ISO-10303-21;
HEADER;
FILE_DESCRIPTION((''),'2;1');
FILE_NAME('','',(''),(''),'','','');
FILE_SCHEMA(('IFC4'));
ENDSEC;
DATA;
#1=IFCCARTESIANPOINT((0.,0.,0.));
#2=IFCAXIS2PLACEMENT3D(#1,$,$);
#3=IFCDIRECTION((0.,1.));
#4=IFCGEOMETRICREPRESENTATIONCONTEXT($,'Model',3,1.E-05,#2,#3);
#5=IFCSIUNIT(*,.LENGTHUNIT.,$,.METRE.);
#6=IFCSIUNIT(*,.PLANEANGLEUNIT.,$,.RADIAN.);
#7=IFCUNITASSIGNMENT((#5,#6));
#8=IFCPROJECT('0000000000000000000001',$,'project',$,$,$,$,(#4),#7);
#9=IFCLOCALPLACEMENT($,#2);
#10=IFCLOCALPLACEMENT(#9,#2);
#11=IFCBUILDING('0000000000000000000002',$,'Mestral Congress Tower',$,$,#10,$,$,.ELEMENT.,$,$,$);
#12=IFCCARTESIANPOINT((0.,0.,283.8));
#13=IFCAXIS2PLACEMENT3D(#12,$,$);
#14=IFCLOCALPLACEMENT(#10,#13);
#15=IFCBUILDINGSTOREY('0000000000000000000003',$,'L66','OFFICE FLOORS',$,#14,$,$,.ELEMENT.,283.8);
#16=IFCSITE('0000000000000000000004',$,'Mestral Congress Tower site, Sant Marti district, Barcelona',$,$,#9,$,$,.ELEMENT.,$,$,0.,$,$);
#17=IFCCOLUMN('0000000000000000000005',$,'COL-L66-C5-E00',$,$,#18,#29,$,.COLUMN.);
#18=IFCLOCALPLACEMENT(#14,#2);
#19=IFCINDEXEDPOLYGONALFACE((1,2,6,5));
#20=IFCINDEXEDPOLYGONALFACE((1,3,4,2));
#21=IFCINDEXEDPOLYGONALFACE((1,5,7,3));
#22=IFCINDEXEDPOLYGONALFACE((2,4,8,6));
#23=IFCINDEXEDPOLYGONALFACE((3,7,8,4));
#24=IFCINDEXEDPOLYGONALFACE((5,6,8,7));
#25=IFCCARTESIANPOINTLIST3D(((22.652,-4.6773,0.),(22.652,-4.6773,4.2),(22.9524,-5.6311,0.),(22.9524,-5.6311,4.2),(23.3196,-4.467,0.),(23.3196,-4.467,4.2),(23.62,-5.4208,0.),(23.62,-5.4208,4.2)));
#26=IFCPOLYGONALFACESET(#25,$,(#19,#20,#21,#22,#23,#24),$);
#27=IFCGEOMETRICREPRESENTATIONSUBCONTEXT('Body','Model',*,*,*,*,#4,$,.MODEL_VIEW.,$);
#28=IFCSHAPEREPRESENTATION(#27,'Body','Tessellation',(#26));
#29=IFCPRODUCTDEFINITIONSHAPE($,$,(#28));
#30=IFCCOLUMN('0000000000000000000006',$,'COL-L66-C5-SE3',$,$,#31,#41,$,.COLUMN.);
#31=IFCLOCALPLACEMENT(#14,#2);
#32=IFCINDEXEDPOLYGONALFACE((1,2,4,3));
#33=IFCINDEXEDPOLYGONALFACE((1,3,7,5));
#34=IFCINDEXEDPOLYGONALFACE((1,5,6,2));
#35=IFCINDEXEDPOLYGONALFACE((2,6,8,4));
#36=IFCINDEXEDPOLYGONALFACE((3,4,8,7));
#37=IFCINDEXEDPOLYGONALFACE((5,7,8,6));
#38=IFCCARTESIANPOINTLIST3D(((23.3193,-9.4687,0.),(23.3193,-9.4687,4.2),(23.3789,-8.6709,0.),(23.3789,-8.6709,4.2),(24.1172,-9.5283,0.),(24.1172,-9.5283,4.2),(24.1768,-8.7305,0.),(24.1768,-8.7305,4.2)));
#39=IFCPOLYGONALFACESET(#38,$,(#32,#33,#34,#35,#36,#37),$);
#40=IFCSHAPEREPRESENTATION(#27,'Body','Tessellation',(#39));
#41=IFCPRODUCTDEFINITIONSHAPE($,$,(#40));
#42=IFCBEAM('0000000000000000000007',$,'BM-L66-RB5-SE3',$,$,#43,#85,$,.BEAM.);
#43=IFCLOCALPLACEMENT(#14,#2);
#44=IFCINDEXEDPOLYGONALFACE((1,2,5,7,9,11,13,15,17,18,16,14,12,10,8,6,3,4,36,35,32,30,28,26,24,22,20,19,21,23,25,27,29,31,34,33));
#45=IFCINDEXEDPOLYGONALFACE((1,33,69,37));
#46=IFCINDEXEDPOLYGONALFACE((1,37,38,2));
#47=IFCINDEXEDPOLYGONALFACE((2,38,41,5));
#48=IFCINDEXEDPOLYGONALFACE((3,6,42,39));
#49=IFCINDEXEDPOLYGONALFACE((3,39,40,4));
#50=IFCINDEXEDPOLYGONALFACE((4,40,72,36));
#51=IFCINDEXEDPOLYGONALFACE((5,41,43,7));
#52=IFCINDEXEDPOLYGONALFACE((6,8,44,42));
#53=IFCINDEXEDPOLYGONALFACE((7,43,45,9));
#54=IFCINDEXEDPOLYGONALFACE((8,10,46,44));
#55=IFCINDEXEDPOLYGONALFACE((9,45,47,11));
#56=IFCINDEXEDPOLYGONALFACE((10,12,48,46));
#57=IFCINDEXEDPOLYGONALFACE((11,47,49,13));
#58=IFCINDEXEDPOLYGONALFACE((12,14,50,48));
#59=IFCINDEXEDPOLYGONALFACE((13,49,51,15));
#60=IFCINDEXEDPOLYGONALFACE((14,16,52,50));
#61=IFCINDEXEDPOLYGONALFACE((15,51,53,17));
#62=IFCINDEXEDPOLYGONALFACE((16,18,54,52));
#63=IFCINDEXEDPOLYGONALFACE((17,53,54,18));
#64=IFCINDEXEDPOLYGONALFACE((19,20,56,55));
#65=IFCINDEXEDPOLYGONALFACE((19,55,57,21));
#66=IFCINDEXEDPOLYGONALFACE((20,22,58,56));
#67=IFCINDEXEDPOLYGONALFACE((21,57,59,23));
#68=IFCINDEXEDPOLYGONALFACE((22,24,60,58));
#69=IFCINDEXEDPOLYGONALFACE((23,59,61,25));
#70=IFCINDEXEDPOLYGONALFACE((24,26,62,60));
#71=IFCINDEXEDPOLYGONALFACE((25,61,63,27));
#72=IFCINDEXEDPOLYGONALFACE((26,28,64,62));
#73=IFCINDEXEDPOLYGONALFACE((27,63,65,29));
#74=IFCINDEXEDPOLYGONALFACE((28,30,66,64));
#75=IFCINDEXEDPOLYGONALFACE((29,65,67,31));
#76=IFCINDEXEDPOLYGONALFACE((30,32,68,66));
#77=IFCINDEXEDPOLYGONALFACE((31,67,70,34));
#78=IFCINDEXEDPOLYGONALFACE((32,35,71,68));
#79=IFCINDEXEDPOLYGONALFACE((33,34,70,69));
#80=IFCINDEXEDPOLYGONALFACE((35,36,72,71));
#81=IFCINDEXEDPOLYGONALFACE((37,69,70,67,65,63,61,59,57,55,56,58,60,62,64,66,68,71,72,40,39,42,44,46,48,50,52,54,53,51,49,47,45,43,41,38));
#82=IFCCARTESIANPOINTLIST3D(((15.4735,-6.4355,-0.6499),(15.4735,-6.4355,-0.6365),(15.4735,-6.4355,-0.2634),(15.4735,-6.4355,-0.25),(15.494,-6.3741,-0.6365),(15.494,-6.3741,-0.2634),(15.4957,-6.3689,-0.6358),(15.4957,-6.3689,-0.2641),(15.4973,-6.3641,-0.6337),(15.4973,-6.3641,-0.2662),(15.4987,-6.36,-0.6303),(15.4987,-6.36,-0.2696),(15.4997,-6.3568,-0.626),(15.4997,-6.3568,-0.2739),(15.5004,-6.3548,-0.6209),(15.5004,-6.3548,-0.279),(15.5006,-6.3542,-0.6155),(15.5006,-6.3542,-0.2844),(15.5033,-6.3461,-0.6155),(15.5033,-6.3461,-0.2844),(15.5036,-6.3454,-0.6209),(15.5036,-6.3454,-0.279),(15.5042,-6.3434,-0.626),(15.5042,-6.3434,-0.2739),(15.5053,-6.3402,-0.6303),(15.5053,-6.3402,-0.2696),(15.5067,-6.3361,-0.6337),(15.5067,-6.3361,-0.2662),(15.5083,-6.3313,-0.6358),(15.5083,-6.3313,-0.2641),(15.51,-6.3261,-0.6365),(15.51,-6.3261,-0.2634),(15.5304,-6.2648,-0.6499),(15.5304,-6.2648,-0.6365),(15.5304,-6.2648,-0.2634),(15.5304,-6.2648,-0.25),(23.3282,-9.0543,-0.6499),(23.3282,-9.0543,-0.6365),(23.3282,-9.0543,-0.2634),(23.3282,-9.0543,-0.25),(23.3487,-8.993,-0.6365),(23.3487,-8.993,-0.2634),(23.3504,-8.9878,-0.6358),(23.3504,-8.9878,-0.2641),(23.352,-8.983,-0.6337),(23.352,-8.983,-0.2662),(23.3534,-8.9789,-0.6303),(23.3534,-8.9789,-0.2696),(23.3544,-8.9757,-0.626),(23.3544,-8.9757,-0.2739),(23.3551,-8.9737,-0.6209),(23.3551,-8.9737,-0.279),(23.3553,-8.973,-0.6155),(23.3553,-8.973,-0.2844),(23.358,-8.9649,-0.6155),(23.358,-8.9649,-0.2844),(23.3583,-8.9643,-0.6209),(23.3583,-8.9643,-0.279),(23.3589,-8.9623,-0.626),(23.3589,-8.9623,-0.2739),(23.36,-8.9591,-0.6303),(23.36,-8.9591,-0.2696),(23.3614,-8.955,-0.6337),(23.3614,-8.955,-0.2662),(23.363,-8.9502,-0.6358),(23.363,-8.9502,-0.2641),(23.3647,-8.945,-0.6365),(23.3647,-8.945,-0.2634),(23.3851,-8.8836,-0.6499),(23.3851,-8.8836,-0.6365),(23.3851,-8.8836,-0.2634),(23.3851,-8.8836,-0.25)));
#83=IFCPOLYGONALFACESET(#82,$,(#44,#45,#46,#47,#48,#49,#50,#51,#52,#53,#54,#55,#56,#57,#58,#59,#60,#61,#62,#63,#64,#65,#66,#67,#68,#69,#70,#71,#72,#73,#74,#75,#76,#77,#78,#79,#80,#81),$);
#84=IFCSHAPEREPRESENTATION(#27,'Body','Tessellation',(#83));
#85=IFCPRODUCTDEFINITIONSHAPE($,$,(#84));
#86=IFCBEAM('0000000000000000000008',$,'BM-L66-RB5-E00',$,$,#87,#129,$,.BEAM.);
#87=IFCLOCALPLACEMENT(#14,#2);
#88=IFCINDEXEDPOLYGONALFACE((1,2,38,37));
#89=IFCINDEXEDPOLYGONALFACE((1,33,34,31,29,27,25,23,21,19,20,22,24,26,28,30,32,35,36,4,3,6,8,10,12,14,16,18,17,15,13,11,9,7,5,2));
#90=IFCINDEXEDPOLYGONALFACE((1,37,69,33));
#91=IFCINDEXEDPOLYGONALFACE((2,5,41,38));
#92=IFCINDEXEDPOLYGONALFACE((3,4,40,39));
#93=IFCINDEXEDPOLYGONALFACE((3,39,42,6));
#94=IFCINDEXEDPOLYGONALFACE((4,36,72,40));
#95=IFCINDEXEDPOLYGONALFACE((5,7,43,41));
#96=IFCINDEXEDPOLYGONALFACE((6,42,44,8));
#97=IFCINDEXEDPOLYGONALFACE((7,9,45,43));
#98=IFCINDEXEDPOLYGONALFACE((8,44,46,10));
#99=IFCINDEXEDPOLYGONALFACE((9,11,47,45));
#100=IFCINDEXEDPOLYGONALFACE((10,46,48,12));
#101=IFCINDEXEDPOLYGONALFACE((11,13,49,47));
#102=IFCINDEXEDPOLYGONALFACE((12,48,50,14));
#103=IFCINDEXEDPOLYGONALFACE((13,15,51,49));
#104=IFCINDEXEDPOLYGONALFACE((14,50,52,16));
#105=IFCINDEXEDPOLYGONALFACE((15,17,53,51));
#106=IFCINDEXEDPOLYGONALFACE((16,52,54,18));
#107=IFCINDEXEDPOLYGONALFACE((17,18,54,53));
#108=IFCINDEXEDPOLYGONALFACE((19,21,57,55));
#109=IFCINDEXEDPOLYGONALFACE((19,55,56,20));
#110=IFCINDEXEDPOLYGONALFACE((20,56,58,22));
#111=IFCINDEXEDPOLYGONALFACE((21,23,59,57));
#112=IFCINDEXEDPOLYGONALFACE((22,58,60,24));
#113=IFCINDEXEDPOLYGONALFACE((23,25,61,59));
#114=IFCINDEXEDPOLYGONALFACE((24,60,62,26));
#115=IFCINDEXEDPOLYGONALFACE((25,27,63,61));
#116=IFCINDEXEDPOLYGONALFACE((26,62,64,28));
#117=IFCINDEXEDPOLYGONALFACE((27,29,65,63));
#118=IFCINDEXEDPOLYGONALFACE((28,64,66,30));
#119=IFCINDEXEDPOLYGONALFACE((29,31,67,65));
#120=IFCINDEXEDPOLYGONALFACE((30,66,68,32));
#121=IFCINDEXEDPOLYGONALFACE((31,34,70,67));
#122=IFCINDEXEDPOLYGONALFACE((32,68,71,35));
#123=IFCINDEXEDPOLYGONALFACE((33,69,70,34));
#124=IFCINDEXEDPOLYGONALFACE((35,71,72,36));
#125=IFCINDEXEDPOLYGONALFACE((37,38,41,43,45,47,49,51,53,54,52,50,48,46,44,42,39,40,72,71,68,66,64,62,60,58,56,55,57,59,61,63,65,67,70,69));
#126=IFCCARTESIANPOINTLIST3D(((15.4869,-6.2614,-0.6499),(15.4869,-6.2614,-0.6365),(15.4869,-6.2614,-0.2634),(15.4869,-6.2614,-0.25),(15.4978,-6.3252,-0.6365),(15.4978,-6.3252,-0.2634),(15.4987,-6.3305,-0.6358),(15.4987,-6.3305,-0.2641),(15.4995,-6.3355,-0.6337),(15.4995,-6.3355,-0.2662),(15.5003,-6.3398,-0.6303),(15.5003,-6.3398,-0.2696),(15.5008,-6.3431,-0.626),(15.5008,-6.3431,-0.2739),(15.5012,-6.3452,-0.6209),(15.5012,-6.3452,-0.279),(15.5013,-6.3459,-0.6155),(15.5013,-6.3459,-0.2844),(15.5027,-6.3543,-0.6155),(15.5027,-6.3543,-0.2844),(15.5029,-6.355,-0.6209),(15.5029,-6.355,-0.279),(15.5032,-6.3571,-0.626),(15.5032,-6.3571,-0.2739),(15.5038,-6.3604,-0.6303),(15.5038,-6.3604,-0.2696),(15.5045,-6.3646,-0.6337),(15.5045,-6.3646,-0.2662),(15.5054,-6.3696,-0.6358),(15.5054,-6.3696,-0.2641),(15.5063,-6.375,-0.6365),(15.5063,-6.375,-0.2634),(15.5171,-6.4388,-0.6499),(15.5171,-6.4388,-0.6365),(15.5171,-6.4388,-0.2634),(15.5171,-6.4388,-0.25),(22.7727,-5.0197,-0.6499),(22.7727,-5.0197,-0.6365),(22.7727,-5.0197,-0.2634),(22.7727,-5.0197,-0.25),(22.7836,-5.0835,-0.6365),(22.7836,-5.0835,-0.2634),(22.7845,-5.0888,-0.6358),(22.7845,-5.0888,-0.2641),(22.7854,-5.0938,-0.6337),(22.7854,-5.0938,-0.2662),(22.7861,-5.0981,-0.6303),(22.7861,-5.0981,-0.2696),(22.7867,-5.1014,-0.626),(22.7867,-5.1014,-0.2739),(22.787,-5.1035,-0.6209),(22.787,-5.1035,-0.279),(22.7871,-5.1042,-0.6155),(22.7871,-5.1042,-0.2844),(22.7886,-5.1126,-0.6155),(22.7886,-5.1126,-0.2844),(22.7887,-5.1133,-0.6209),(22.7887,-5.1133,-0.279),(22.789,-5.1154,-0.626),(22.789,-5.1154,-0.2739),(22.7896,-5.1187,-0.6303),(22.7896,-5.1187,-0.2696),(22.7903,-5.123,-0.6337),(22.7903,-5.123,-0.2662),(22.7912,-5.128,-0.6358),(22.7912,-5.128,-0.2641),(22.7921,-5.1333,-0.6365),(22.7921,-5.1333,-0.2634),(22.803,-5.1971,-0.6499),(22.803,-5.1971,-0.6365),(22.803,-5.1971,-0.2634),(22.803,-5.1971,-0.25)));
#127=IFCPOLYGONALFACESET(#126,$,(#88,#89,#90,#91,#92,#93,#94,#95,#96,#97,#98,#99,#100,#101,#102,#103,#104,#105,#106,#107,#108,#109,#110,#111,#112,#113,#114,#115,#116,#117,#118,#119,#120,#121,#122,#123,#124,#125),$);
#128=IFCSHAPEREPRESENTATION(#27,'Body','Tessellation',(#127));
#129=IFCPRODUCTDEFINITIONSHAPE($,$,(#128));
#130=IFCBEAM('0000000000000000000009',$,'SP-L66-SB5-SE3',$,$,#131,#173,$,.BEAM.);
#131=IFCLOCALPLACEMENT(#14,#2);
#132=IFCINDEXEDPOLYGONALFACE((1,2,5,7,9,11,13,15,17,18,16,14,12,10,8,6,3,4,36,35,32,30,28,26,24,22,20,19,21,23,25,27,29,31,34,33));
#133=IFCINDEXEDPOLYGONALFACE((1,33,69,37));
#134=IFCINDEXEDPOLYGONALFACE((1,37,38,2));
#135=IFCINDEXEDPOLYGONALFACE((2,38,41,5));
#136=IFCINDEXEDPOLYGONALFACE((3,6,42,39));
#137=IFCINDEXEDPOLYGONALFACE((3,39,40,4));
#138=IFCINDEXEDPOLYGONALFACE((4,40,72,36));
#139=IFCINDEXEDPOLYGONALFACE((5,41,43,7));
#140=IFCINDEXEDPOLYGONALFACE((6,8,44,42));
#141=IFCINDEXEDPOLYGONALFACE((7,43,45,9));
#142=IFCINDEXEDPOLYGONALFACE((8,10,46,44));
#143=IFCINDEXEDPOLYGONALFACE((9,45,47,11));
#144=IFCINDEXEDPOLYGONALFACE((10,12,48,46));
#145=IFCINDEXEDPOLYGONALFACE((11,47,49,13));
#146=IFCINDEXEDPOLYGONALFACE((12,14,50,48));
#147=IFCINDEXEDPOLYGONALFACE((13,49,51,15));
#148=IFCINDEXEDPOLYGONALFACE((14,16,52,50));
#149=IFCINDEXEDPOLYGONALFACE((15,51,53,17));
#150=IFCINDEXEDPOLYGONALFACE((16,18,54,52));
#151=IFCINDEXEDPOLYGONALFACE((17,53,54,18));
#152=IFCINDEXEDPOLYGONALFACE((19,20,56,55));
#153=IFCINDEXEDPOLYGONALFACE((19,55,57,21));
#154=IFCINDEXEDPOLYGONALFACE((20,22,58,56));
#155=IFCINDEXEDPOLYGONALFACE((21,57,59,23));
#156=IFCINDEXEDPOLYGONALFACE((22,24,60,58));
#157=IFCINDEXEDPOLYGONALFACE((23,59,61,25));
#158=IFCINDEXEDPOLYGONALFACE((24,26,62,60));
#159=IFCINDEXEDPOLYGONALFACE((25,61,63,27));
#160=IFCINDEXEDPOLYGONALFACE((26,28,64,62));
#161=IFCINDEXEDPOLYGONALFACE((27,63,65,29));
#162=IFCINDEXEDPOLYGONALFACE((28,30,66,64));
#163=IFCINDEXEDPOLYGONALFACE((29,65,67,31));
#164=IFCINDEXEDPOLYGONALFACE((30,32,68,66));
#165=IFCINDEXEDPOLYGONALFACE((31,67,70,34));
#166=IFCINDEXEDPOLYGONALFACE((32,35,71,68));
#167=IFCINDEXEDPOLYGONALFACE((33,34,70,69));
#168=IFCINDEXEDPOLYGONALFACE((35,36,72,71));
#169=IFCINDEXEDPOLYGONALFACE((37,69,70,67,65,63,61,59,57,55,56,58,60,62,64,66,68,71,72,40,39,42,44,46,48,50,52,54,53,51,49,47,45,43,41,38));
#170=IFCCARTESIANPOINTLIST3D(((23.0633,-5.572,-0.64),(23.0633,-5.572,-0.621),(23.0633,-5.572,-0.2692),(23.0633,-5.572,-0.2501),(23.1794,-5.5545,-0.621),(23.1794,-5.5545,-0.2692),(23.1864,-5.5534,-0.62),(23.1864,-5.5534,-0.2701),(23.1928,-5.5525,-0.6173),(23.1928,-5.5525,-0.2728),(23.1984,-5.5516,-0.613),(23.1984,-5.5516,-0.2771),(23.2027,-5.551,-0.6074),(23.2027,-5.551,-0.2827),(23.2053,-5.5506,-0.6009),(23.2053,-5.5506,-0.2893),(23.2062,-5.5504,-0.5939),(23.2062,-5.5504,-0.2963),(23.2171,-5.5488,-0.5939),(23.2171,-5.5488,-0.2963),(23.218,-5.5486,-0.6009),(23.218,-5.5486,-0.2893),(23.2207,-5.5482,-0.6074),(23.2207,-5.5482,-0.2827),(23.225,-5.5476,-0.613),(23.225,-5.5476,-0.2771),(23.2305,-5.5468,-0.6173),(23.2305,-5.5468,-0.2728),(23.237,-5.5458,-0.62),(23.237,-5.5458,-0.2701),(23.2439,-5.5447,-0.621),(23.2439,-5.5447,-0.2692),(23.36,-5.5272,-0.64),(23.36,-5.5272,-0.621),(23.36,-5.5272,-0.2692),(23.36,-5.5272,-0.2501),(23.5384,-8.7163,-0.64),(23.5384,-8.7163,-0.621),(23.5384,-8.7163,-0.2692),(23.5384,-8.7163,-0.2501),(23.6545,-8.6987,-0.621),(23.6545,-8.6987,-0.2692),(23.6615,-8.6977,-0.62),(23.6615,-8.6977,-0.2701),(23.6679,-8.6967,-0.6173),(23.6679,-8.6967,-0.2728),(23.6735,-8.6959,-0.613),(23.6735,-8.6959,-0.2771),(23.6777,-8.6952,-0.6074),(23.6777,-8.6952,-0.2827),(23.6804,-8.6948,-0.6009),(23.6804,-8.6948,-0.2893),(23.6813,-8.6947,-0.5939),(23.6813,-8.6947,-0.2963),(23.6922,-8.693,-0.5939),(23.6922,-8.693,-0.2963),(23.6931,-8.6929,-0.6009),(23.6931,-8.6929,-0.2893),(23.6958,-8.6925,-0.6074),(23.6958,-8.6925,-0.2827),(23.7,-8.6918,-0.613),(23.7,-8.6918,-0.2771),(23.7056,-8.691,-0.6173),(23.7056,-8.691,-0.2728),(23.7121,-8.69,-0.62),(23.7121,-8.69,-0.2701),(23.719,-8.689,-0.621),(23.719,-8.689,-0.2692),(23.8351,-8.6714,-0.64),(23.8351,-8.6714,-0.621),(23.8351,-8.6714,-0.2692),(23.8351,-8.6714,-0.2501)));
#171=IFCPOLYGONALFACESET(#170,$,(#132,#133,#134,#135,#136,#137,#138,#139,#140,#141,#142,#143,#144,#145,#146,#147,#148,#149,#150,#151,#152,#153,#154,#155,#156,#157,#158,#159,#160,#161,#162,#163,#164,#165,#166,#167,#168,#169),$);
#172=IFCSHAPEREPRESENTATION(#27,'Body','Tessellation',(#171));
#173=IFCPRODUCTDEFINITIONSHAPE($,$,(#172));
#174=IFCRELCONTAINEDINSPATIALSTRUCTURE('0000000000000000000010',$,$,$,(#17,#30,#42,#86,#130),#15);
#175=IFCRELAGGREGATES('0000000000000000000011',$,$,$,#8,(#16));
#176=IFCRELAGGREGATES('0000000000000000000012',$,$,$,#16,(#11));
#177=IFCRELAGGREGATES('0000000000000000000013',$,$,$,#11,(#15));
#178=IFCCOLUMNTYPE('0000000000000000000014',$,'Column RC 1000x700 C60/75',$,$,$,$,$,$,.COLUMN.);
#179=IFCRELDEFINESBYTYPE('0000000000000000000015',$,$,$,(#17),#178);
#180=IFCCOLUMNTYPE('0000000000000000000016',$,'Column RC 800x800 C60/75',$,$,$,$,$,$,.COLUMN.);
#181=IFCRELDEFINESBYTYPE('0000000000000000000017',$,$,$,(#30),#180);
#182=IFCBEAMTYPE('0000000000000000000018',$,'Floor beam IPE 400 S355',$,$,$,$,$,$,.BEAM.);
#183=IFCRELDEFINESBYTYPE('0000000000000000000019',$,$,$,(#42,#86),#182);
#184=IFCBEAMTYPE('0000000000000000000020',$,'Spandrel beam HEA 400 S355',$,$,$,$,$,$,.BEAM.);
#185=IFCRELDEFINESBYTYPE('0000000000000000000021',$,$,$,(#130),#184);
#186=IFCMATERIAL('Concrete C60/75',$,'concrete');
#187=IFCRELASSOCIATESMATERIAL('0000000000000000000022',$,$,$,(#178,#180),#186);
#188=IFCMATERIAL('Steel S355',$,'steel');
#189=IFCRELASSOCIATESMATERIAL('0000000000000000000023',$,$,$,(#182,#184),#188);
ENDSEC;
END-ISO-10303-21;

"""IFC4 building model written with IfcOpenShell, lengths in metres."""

from ifc_helpers import new_model, si_unit, direction, frame, origin, origin_2d, place, context, subcontext, project, spatial, rectangle, i_section, extrude, material, material_profile, profile_set, type_object, element, save


model = new_model("IFC4")

# Units and contexts
model_context = context("Model", 3, precision=1e-05, world=origin(), true_north=direction((0.0, 1.0)))
body_context = subcontext(model_context, "Body", "Model", "MODEL_VIEW")
ifc_project = project(units=[si_unit("LENGTHUNIT", "METRE"), si_unit("PLANEANGLEUNIT", "RADIAN")], contexts=[model_context])

# Site, building, storey
site_placement = place(None, origin())
site = spatial("IfcSite", under=ifc_project, at=site_placement, Name="Mestral Congress Tower site, Sant Marti district, Barcelona", CompositionType="ELEMENT", RefElevation=0.0)
building_placement = place(site_placement, origin())
building = spatial("IfcBuilding", under=site, at=building_placement, Name="Mestral Congress Tower", CompositionType="ELEMENT")
storey_placement = place(building_placement, frame((0.0, 0.0, 283.8)))
storey = spatial("IfcBuildingStorey", under=building, at=storey_placement, Name="L66", Description="OFFICE FLOORS", CompositionType="ELEMENT", Elevation=283.8)

# Columns
ifc_material_1 = material(Name="Concrete C60/75", Category="concrete")
ifc_material_profile_1 = material_profile(ifc_material_1, rectangle(XDim=1.0, YDim=0.7, at=origin_2d()), Name="RC 1000x700")
ifc_profile_set_1 = profile_set([ifc_material_profile_1], Name="Concrete C60/75")
column_type_1 = type_object("IfcColumnType", Name="Column RC 1000x700 C60/75", PredefinedType="COLUMN", material=ifc_profile_set_1)
column_1_placement = place(storey_placement, frame((23.136, -5.0491, 0.0), z_axis=(0.0, 0.0, 1.0), x_axis=(-0.300431, 0.953804, 0.0)))
element("IfcColumn", 1, at=column_1_placement, inside=storey, type_object=column_type_1, Name="COL-L66-C5-E00", PredefinedType="COLUMN", context=body_context, shape_type="SweptSolid", body=[
    extrude(rectangle(XDim=1.0, YDim=0.7, at=origin_2d()), origin(), (0.0, 0.0, 1.0), 4.2),
])
ifc_material_profile_2 = material_profile(ifc_material_1, rectangle(XDim=0.8, YDim=0.8, at=origin_2d()), Name="RC 800x800")
ifc_profile_set_2 = profile_set([ifc_material_profile_2], Name="Concrete C60/75")
column_type_2 = type_object("IfcColumnType", Name="Column RC 800x800 C60/75", PredefinedType="COLUMN", material=ifc_profile_set_2)
column_2_placement = place(storey_placement, frame((23.748, -9.0996, 0.0), z_axis=(0.0, 0.0, 1.0), x_axis=(0.074511, 0.99722, 0.0)))
element("IfcColumn", 2, at=column_2_placement, inside=storey, type_object=column_type_2, Name="COL-L66-C5-SE3", PredefinedType="COLUMN", context=body_context, shape_type="SweptSolid", body=[
    extrude(rectangle(XDim=0.8, YDim=0.8, at=origin_2d()), origin(), (0.0, 0.0, 1.0), 4.2),
])

# Beams
ifc_material_2 = material(Name="Steel S355", Category="steel")
ifc_material_profile_3 = material_profile(ifc_material_2, i_section(OverallWidth=0.1799, OverallDepth=0.3999, WebThickness=0.0085, FlangeThickness=0.0134, FilletRadius=0.021, at=origin_2d()), Name="IPE 400")
ifc_profile_set_3 = profile_set([ifc_material_profile_3], Name="Steel S355")
beam_type_1 = type_object("IfcBeamType", Name="Floor beam IPE 400 S355", PredefinedType="BEAM", material=ifc_profile_set_3)
beam_1_placement = place(storey_placement, frame((23.3567, -8.969, -0.45), z_axis=(-0.94866, 0.316299, 0.0), x_axis=(-0.316299, -0.94866, 0.0)))
element("IfcBeam", 3, at=beam_1_placement, inside=storey, type_object=beam_type_1, Name="BM-L66-RB5-SE3", PredefinedType="BEAM", context=body_context, shape_type="SweptSolid", body=[
    extrude(i_section(OverallWidth=0.1799, OverallDepth=0.3999, WebThickness=0.0085, FlangeThickness=0.0134, FilletRadius=0.021, at=origin_2d()), origin(), (0.0, 0.0, 1.0), 8.2798),
])
beam_2_placement = place(storey_placement, frame((22.7878, -5.1084, -0.45), z_axis=(-0.985787, -0.168003, 0.0), x_axis=(0.168003, -0.985787, 0.0)))
element("IfcBeam", 4, at=beam_2_placement, inside=storey, type_object=beam_type_1, Name="BM-L66-RB5-E00", PredefinedType="BEAM", context=body_context, shape_type="SweptSolid", body=[
    extrude(i_section(OverallWidth=0.1799, OverallDepth=0.3999, WebThickness=0.0085, FlangeThickness=0.0134, FilletRadius=0.021, at=origin_2d()), origin(), (0.0, 0.0, 1.0), 7.3909),
])
ifc_material_profile_4 = material_profile(ifc_material_2, i_section(OverallWidth=0.3, OverallDepth=0.3899, WebThickness=0.011, FlangeThickness=0.019, FilletRadius=0.0271, at=origin_2d()), Name="HEA 400")
ifc_profile_set_4 = profile_set([ifc_material_profile_4], Name="Steel S355")
beam_type_2 = type_object("IfcBeamType", Name="Spandrel beam HEA 400 S355", PredefinedType="BEAM", material=ifc_profile_set_4)
beam_3_placement = place(storey_placement, frame((23.6868, -8.6938, -0.4451), z_axis=(-0.149403, 0.988776, 0.0), x_axis=(-0.988776, -0.149403, 0.0)))
element("IfcBeam", 5, at=beam_3_placement, inside=storey, type_object=beam_type_2, Name="SP-L66-SB5-SE3", PredefinedType="BEAM", context=body_context, shape_type="SweptSolid", body=[
    extrude(i_section(OverallWidth=0.3, OverallDepth=0.3899, WebThickness=0.011, FlangeThickness=0.019, FilletRadius=0.0271, at=origin_2d()), origin(), (0.0, 0.0, 1.0), 3.1799),
])

save(model, "model.ifc")
